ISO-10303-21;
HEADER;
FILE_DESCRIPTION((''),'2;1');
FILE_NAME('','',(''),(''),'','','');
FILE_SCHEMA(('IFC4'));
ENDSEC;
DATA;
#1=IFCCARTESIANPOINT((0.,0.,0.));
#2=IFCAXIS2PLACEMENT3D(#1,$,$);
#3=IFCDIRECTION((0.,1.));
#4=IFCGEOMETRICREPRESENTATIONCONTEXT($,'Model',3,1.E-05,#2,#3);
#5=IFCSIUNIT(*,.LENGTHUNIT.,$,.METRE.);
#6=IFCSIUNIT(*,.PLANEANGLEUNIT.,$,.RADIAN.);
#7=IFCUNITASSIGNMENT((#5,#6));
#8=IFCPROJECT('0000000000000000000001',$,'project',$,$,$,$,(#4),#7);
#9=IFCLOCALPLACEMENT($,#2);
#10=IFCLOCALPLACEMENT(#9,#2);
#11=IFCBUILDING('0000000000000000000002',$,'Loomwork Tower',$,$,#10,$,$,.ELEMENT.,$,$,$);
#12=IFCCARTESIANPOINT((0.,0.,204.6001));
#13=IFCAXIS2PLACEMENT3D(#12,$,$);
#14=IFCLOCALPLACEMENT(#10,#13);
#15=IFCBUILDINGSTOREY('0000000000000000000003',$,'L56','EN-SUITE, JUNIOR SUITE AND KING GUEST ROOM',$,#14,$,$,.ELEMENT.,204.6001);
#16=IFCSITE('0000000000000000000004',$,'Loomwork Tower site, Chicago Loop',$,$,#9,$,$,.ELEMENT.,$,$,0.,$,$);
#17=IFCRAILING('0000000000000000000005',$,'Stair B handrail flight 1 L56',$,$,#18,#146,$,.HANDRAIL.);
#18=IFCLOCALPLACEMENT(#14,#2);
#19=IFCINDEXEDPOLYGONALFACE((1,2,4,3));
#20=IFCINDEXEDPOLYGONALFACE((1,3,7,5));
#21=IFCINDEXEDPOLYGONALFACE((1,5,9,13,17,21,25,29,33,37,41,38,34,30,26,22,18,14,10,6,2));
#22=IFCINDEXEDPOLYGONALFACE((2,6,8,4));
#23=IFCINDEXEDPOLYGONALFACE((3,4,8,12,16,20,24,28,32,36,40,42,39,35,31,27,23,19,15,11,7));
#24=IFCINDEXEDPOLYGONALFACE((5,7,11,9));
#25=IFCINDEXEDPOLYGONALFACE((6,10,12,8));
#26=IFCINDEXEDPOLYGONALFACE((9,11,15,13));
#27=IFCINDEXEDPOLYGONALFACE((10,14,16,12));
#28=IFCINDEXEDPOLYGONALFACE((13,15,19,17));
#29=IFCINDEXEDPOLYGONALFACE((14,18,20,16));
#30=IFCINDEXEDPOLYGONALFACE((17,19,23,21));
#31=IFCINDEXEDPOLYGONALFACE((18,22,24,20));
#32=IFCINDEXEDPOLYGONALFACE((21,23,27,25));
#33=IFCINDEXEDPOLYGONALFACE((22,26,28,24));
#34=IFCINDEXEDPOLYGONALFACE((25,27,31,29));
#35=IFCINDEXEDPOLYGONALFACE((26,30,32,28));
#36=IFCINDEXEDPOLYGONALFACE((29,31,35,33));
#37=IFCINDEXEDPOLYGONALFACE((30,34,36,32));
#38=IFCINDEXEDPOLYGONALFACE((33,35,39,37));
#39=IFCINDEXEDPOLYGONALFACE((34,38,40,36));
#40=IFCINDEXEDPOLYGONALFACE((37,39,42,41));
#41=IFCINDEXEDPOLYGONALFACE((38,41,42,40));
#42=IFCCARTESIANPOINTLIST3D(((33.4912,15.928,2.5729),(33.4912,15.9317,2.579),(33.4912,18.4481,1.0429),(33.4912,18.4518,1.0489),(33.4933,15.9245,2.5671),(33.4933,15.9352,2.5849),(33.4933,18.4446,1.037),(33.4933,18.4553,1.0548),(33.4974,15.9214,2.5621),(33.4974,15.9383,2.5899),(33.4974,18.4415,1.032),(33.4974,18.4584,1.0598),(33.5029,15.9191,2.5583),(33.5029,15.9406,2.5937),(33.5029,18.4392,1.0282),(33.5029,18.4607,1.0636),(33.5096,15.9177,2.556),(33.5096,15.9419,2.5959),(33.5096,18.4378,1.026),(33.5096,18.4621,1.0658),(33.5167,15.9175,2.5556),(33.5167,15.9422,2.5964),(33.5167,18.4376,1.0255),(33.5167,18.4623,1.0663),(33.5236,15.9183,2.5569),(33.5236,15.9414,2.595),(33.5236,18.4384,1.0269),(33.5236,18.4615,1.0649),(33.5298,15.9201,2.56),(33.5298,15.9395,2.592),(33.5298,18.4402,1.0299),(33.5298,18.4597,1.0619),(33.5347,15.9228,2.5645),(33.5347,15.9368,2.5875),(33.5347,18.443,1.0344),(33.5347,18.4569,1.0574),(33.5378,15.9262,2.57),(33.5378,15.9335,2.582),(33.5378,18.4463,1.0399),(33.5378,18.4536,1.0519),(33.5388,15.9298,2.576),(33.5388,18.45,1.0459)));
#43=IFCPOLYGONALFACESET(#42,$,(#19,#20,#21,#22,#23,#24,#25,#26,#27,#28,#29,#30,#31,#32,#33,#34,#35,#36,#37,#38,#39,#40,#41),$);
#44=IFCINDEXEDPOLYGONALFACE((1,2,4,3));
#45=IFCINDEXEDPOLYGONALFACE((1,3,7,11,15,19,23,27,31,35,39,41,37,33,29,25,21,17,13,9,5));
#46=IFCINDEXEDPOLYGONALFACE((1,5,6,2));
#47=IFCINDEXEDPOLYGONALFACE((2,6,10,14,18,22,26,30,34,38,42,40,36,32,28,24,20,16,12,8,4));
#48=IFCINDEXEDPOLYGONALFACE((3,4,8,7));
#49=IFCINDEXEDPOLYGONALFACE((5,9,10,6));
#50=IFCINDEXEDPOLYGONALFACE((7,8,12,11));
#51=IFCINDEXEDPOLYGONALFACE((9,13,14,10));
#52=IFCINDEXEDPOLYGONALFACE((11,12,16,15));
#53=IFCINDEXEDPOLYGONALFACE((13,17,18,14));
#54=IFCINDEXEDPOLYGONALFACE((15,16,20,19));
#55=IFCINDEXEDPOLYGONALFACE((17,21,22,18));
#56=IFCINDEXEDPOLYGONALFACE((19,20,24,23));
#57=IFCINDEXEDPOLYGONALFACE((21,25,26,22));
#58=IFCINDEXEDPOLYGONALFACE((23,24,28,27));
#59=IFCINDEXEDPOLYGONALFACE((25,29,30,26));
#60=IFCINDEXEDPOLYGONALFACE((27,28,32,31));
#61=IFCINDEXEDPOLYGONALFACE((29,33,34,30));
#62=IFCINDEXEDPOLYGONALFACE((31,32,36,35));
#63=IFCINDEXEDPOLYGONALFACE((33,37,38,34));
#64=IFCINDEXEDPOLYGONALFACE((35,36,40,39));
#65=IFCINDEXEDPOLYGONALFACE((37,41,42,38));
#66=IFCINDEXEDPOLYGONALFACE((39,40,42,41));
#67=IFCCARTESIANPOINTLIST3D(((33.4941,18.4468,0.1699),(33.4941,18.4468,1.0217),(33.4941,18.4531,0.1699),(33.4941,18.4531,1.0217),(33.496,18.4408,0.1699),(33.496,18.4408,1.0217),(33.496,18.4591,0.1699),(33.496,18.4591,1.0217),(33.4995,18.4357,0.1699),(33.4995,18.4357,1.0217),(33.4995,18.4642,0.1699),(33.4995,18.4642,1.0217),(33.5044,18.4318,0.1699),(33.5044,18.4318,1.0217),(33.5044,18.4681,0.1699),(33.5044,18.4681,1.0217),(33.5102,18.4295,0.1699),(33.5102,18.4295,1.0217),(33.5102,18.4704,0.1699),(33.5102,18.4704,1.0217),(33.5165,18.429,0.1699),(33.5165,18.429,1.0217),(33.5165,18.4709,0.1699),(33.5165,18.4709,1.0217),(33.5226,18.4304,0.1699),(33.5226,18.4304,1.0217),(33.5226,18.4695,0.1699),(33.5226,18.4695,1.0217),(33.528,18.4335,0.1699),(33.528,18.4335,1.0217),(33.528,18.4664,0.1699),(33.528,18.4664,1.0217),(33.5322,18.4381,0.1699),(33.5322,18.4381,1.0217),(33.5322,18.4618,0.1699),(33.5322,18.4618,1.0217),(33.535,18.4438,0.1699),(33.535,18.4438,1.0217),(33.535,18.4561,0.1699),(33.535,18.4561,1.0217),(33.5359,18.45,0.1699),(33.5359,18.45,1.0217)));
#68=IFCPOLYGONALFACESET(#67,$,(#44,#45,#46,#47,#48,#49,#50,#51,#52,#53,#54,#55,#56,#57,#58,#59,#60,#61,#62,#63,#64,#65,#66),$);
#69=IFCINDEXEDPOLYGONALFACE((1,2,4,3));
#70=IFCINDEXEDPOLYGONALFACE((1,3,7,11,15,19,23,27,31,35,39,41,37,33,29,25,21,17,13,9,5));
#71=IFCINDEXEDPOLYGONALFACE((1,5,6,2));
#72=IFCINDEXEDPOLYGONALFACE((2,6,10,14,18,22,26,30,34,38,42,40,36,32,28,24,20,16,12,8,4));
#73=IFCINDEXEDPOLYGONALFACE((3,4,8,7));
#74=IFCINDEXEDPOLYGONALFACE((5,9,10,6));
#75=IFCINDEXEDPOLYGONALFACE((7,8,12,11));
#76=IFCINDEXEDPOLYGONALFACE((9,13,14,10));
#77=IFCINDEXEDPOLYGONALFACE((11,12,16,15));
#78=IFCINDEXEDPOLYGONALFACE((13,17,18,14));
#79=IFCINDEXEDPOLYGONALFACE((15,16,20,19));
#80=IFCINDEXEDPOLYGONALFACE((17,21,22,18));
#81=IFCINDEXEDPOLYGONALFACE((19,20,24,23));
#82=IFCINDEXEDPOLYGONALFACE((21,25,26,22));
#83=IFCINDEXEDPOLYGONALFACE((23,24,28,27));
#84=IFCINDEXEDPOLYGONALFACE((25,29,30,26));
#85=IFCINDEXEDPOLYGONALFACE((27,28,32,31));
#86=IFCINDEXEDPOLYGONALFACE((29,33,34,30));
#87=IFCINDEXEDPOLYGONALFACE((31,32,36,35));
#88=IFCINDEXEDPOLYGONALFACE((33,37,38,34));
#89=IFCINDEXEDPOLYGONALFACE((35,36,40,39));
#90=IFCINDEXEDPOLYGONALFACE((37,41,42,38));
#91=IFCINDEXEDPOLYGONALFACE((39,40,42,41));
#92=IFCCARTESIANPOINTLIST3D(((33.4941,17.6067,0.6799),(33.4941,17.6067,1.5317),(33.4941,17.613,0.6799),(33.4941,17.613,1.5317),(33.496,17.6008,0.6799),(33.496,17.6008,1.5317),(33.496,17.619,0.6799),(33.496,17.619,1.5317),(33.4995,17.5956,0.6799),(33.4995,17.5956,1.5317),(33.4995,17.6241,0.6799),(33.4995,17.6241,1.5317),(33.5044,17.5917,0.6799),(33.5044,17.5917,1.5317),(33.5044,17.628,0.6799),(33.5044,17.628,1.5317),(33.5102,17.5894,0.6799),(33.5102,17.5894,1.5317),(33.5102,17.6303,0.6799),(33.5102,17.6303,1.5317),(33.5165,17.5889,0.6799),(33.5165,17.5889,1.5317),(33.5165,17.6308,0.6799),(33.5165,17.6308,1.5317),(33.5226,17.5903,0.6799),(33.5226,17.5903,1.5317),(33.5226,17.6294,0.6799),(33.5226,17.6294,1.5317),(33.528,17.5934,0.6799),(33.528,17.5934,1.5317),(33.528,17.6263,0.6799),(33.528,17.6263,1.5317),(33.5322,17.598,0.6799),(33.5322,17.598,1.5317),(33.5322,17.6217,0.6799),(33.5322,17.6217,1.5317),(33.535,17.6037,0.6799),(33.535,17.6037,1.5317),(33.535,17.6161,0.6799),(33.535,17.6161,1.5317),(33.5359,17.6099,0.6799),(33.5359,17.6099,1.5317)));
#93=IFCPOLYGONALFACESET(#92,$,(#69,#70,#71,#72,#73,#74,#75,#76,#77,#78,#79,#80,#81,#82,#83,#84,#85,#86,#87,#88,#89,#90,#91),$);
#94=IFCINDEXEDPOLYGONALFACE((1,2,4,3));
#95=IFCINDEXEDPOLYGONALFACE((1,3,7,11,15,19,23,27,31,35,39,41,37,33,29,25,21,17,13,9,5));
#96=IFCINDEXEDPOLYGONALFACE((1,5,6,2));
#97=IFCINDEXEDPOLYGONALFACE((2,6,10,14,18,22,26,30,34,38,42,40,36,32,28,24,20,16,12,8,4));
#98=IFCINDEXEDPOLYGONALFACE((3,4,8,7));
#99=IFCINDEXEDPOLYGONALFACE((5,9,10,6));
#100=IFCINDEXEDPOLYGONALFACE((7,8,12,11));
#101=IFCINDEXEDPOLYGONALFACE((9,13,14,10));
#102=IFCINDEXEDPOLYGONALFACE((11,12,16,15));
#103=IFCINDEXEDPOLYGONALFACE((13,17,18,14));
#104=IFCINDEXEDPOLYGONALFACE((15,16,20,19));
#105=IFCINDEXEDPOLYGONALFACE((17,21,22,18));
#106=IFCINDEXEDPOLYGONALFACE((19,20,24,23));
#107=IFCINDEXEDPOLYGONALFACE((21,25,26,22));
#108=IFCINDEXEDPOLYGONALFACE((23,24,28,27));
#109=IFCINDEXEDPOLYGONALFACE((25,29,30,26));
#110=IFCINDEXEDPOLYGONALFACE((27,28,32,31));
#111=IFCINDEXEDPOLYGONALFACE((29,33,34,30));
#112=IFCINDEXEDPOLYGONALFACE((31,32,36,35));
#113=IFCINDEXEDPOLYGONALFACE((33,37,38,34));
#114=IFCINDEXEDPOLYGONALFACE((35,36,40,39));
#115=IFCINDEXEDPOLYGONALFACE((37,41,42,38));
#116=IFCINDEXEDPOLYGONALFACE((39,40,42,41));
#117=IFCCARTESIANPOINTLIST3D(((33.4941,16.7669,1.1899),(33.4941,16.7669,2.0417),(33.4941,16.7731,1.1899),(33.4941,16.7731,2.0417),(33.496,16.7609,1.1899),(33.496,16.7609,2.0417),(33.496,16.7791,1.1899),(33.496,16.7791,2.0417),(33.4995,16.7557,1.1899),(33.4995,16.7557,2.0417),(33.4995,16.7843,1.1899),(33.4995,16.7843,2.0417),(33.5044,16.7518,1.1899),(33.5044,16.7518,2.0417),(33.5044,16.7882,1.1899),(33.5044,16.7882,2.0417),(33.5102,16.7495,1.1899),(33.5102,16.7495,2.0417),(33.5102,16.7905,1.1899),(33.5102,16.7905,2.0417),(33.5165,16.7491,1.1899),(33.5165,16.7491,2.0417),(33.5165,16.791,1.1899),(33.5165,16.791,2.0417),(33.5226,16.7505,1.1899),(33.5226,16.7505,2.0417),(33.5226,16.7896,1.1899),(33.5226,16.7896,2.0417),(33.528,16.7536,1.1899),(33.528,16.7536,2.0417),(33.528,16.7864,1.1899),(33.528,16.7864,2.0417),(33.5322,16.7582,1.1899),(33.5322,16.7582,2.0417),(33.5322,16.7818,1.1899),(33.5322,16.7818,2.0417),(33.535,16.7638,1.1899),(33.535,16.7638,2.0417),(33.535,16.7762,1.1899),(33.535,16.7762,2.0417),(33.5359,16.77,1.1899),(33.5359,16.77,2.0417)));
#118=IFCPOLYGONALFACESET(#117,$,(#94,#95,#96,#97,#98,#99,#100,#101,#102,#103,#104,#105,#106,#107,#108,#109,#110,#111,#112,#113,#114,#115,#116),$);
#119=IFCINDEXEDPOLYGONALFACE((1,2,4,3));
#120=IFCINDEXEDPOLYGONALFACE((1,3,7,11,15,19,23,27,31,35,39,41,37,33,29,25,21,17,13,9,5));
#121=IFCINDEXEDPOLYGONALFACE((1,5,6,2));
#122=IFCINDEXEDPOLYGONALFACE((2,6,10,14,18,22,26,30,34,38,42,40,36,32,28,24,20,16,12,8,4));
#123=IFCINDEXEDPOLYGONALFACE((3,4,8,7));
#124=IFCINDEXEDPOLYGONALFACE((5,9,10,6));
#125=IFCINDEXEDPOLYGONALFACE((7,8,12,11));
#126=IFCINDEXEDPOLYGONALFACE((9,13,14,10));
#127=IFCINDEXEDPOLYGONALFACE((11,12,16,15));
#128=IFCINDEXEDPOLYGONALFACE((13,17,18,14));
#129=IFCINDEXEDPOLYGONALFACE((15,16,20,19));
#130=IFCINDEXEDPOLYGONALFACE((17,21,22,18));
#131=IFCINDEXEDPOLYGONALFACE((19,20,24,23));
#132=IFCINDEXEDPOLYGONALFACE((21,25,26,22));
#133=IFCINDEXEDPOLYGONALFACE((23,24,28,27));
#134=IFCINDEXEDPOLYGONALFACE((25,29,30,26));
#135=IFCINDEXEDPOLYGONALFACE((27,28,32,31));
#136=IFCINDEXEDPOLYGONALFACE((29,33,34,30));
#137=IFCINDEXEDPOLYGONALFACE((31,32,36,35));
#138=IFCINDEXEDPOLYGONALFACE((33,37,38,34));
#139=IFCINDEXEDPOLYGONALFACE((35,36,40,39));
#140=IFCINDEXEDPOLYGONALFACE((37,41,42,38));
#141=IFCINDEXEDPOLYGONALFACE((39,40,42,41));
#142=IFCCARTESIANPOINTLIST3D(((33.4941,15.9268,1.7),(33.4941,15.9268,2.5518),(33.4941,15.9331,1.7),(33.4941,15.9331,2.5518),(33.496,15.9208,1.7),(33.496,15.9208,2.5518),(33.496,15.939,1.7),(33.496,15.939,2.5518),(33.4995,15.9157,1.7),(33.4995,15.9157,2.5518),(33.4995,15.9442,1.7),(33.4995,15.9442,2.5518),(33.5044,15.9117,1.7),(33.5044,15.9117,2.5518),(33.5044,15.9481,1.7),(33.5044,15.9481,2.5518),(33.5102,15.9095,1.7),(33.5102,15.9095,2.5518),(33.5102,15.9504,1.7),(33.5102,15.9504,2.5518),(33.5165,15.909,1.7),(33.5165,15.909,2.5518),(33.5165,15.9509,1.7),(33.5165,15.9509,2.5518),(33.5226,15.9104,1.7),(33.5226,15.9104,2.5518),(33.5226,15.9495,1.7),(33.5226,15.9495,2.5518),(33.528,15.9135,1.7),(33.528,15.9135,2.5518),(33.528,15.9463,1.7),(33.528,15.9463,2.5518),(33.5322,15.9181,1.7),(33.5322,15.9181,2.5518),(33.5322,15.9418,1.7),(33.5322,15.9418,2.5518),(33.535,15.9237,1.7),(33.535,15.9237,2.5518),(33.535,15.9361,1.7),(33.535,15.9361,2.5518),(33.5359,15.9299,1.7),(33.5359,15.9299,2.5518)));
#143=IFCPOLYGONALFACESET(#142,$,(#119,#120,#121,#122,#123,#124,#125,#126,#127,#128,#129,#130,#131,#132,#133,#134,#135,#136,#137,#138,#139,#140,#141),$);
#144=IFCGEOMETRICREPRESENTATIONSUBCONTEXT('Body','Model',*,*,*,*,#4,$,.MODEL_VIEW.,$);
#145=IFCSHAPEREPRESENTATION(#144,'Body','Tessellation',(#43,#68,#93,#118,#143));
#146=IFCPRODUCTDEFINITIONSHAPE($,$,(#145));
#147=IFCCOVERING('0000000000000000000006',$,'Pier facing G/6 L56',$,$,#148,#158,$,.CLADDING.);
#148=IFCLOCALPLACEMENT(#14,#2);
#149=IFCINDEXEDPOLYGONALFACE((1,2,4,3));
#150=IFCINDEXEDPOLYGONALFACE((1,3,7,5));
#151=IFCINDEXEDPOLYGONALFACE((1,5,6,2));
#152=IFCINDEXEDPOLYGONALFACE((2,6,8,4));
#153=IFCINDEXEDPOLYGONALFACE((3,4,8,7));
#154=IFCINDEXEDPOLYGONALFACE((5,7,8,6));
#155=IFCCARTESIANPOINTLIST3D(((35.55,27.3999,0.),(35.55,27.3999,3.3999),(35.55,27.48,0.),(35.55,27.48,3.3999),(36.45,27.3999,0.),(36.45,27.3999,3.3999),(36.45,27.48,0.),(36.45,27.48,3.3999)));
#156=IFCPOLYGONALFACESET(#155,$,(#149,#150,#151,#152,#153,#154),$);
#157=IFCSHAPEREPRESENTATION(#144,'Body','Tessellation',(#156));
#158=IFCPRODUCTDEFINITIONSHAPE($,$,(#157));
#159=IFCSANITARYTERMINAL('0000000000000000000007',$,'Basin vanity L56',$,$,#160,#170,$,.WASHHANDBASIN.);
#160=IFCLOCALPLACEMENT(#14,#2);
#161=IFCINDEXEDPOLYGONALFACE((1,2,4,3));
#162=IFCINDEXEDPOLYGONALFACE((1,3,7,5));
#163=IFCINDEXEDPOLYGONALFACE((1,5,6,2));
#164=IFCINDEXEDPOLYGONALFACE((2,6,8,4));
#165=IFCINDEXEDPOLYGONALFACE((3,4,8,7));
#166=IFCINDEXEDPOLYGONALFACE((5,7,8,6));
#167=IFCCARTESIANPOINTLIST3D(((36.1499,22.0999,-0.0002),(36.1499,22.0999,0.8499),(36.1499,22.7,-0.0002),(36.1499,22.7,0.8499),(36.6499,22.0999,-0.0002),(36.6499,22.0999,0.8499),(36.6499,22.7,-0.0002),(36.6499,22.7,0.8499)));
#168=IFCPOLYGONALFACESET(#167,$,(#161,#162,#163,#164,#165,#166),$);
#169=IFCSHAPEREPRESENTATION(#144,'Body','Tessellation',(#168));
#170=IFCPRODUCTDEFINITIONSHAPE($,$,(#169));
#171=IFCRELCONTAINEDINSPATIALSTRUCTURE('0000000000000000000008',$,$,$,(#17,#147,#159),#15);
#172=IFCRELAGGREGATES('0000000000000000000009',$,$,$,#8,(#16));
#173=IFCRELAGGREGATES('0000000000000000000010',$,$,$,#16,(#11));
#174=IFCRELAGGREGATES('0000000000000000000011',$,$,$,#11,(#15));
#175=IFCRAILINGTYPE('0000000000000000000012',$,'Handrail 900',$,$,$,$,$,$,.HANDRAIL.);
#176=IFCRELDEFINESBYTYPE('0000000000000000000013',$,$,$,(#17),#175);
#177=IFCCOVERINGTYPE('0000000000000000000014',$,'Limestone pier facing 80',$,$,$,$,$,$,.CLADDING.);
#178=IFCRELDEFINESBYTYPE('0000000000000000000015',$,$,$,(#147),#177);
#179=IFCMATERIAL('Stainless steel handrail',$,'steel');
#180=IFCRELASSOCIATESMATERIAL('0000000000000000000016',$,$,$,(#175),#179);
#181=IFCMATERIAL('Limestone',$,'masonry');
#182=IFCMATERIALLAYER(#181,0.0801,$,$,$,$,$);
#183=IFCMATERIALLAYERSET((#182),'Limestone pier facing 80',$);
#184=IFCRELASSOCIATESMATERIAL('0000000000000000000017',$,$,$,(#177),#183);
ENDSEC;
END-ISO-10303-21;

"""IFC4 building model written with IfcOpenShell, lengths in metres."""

from ifc_helpers import new_model, si_unit, direction, frame, origin, origin_2d, place, context, subcontext, project, spatial, rectangle, circle, extrude, material, layer, layer_set, type_object, element, save


model = new_model("IFC4")

# Units and contexts
model_context = context("Model", 3, precision=1e-05, world=origin(), true_north=direction((0.0, 1.0)))
body_context = subcontext(model_context, "Body", "Model", "MODEL_VIEW")
ifc_project = project(units=[si_unit("LENGTHUNIT", "METRE"), si_unit("PLANEANGLEUNIT", "RADIAN")], contexts=[model_context])

# Site, building, storey
site_placement = place(None, origin())
site = spatial("IfcSite", under=ifc_project, at=site_placement, Name="Loomwork Tower site, Chicago Loop", CompositionType="ELEMENT", RefElevation=0.0)
building_placement = place(site_placement, origin())
building = spatial("IfcBuilding", under=site, at=building_placement, Name="Loomwork Tower", CompositionType="ELEMENT")
storey_placement = place(building_placement, frame((0.0, 0.0, 204.6001)))
storey = spatial("IfcBuildingStorey", under=building, at=storey_placement, Name="L56", Description="EN-SUITE, JUNIOR SUITE AND KING GUEST ROOM", CompositionType="ELEMENT", Elevation=204.6001)

# Railing
ifc_material_1 = material(Name="Stainless steel handrail", Category="steel")
railing_type = type_object("IfcRailingType", Name="Handrail 900", PredefinedType="HANDRAIL", material=ifc_material_1)
railing_placement = place(storey_placement, frame((33.5149, 18.45, 0.1699)))
element("IfcRailing", 1, at=railing_placement, inside=storey, type_object=railing_type, Name="Stair B handrail flight 1 L56", PredefinedType="HANDRAIL", context=body_context, shape_type="SweptSolid", body=[
    extrude(circle(Radius=0.0239, at=origin_2d()), frame((0.0, 0.0, 0.876), z_axis=(0.0, -0.854785, 0.518982), x_axis=(1.0, 0.0, 0.0)), (0.0, 0.0, 1.0), 2.9482),
    extrude(circle(Radius=0.021, at=origin_2d()), origin(), (0.0, 0.0, 1.0), 0.8518),
    extrude(circle(Radius=0.021, at=origin_2d()), frame((0.0, -0.8401, 0.51)), (0.0, 0.0, 1.0), 0.8518),
    extrude(circle(Radius=0.021, at=origin_2d()), frame((0.0, -1.6799, 1.02)), (0.0, 0.0, 1.0), 0.8518),
    extrude(circle(Radius=0.021, at=origin_2d()), frame((0.0, -2.52, 1.53)), (0.0, 0.0, 1.0), 0.8518),
])

# Covering
ifc_material_2 = material(Name="Limestone", Category="masonry")
ifc_layer_1 = layer(ifc_material_2, 0.0801)
ifc_layer_set_1 = layer_set([ifc_layer_1], Name="Limestone pier facing 80")
covering_type = type_object("IfcCoveringType", Name="Limestone pier facing 80", PredefinedType="CLADDING", material=ifc_layer_set_1)
covering_placement = place(storey_placement, frame((36.0, 27.4399, 0.0), z_axis=(0.0, 0.0, 1.0), x_axis=(1.0, 0.0, 0.0)))
element("IfcCovering", 2, at=covering_placement, inside=storey, type_object=covering_type, Name="Pier facing G/6 L56", PredefinedType="CLADDING", context=body_context, shape_type="SweptSolid", body=[
    extrude(rectangle(XDim=0.8999, YDim=0.0801, at=origin_2d()), origin(), (0.0, 0.0, 1.0), 3.3999),
])

# Sanitary terminal
sanitary_terminal_placement = place(storey_placement, frame((36.3999, 22.3999, -0.0002), z_axis=(0.0, 0.0, 1.0), x_axis=(1.0, 0.0, 0.0)))
element("IfcSanitaryTerminal", 3, at=sanitary_terminal_placement, inside=storey, Name="Basin vanity L56", PredefinedType="WASHHANDBASIN", context=body_context, shape_type="SweptSolid", body=[
    extrude(rectangle(XDim=0.5, YDim=0.6001, at=origin_2d()), origin(), (0.0, 0.0, 1.0), 0.8501),
])

save(model, "model.ifc")
